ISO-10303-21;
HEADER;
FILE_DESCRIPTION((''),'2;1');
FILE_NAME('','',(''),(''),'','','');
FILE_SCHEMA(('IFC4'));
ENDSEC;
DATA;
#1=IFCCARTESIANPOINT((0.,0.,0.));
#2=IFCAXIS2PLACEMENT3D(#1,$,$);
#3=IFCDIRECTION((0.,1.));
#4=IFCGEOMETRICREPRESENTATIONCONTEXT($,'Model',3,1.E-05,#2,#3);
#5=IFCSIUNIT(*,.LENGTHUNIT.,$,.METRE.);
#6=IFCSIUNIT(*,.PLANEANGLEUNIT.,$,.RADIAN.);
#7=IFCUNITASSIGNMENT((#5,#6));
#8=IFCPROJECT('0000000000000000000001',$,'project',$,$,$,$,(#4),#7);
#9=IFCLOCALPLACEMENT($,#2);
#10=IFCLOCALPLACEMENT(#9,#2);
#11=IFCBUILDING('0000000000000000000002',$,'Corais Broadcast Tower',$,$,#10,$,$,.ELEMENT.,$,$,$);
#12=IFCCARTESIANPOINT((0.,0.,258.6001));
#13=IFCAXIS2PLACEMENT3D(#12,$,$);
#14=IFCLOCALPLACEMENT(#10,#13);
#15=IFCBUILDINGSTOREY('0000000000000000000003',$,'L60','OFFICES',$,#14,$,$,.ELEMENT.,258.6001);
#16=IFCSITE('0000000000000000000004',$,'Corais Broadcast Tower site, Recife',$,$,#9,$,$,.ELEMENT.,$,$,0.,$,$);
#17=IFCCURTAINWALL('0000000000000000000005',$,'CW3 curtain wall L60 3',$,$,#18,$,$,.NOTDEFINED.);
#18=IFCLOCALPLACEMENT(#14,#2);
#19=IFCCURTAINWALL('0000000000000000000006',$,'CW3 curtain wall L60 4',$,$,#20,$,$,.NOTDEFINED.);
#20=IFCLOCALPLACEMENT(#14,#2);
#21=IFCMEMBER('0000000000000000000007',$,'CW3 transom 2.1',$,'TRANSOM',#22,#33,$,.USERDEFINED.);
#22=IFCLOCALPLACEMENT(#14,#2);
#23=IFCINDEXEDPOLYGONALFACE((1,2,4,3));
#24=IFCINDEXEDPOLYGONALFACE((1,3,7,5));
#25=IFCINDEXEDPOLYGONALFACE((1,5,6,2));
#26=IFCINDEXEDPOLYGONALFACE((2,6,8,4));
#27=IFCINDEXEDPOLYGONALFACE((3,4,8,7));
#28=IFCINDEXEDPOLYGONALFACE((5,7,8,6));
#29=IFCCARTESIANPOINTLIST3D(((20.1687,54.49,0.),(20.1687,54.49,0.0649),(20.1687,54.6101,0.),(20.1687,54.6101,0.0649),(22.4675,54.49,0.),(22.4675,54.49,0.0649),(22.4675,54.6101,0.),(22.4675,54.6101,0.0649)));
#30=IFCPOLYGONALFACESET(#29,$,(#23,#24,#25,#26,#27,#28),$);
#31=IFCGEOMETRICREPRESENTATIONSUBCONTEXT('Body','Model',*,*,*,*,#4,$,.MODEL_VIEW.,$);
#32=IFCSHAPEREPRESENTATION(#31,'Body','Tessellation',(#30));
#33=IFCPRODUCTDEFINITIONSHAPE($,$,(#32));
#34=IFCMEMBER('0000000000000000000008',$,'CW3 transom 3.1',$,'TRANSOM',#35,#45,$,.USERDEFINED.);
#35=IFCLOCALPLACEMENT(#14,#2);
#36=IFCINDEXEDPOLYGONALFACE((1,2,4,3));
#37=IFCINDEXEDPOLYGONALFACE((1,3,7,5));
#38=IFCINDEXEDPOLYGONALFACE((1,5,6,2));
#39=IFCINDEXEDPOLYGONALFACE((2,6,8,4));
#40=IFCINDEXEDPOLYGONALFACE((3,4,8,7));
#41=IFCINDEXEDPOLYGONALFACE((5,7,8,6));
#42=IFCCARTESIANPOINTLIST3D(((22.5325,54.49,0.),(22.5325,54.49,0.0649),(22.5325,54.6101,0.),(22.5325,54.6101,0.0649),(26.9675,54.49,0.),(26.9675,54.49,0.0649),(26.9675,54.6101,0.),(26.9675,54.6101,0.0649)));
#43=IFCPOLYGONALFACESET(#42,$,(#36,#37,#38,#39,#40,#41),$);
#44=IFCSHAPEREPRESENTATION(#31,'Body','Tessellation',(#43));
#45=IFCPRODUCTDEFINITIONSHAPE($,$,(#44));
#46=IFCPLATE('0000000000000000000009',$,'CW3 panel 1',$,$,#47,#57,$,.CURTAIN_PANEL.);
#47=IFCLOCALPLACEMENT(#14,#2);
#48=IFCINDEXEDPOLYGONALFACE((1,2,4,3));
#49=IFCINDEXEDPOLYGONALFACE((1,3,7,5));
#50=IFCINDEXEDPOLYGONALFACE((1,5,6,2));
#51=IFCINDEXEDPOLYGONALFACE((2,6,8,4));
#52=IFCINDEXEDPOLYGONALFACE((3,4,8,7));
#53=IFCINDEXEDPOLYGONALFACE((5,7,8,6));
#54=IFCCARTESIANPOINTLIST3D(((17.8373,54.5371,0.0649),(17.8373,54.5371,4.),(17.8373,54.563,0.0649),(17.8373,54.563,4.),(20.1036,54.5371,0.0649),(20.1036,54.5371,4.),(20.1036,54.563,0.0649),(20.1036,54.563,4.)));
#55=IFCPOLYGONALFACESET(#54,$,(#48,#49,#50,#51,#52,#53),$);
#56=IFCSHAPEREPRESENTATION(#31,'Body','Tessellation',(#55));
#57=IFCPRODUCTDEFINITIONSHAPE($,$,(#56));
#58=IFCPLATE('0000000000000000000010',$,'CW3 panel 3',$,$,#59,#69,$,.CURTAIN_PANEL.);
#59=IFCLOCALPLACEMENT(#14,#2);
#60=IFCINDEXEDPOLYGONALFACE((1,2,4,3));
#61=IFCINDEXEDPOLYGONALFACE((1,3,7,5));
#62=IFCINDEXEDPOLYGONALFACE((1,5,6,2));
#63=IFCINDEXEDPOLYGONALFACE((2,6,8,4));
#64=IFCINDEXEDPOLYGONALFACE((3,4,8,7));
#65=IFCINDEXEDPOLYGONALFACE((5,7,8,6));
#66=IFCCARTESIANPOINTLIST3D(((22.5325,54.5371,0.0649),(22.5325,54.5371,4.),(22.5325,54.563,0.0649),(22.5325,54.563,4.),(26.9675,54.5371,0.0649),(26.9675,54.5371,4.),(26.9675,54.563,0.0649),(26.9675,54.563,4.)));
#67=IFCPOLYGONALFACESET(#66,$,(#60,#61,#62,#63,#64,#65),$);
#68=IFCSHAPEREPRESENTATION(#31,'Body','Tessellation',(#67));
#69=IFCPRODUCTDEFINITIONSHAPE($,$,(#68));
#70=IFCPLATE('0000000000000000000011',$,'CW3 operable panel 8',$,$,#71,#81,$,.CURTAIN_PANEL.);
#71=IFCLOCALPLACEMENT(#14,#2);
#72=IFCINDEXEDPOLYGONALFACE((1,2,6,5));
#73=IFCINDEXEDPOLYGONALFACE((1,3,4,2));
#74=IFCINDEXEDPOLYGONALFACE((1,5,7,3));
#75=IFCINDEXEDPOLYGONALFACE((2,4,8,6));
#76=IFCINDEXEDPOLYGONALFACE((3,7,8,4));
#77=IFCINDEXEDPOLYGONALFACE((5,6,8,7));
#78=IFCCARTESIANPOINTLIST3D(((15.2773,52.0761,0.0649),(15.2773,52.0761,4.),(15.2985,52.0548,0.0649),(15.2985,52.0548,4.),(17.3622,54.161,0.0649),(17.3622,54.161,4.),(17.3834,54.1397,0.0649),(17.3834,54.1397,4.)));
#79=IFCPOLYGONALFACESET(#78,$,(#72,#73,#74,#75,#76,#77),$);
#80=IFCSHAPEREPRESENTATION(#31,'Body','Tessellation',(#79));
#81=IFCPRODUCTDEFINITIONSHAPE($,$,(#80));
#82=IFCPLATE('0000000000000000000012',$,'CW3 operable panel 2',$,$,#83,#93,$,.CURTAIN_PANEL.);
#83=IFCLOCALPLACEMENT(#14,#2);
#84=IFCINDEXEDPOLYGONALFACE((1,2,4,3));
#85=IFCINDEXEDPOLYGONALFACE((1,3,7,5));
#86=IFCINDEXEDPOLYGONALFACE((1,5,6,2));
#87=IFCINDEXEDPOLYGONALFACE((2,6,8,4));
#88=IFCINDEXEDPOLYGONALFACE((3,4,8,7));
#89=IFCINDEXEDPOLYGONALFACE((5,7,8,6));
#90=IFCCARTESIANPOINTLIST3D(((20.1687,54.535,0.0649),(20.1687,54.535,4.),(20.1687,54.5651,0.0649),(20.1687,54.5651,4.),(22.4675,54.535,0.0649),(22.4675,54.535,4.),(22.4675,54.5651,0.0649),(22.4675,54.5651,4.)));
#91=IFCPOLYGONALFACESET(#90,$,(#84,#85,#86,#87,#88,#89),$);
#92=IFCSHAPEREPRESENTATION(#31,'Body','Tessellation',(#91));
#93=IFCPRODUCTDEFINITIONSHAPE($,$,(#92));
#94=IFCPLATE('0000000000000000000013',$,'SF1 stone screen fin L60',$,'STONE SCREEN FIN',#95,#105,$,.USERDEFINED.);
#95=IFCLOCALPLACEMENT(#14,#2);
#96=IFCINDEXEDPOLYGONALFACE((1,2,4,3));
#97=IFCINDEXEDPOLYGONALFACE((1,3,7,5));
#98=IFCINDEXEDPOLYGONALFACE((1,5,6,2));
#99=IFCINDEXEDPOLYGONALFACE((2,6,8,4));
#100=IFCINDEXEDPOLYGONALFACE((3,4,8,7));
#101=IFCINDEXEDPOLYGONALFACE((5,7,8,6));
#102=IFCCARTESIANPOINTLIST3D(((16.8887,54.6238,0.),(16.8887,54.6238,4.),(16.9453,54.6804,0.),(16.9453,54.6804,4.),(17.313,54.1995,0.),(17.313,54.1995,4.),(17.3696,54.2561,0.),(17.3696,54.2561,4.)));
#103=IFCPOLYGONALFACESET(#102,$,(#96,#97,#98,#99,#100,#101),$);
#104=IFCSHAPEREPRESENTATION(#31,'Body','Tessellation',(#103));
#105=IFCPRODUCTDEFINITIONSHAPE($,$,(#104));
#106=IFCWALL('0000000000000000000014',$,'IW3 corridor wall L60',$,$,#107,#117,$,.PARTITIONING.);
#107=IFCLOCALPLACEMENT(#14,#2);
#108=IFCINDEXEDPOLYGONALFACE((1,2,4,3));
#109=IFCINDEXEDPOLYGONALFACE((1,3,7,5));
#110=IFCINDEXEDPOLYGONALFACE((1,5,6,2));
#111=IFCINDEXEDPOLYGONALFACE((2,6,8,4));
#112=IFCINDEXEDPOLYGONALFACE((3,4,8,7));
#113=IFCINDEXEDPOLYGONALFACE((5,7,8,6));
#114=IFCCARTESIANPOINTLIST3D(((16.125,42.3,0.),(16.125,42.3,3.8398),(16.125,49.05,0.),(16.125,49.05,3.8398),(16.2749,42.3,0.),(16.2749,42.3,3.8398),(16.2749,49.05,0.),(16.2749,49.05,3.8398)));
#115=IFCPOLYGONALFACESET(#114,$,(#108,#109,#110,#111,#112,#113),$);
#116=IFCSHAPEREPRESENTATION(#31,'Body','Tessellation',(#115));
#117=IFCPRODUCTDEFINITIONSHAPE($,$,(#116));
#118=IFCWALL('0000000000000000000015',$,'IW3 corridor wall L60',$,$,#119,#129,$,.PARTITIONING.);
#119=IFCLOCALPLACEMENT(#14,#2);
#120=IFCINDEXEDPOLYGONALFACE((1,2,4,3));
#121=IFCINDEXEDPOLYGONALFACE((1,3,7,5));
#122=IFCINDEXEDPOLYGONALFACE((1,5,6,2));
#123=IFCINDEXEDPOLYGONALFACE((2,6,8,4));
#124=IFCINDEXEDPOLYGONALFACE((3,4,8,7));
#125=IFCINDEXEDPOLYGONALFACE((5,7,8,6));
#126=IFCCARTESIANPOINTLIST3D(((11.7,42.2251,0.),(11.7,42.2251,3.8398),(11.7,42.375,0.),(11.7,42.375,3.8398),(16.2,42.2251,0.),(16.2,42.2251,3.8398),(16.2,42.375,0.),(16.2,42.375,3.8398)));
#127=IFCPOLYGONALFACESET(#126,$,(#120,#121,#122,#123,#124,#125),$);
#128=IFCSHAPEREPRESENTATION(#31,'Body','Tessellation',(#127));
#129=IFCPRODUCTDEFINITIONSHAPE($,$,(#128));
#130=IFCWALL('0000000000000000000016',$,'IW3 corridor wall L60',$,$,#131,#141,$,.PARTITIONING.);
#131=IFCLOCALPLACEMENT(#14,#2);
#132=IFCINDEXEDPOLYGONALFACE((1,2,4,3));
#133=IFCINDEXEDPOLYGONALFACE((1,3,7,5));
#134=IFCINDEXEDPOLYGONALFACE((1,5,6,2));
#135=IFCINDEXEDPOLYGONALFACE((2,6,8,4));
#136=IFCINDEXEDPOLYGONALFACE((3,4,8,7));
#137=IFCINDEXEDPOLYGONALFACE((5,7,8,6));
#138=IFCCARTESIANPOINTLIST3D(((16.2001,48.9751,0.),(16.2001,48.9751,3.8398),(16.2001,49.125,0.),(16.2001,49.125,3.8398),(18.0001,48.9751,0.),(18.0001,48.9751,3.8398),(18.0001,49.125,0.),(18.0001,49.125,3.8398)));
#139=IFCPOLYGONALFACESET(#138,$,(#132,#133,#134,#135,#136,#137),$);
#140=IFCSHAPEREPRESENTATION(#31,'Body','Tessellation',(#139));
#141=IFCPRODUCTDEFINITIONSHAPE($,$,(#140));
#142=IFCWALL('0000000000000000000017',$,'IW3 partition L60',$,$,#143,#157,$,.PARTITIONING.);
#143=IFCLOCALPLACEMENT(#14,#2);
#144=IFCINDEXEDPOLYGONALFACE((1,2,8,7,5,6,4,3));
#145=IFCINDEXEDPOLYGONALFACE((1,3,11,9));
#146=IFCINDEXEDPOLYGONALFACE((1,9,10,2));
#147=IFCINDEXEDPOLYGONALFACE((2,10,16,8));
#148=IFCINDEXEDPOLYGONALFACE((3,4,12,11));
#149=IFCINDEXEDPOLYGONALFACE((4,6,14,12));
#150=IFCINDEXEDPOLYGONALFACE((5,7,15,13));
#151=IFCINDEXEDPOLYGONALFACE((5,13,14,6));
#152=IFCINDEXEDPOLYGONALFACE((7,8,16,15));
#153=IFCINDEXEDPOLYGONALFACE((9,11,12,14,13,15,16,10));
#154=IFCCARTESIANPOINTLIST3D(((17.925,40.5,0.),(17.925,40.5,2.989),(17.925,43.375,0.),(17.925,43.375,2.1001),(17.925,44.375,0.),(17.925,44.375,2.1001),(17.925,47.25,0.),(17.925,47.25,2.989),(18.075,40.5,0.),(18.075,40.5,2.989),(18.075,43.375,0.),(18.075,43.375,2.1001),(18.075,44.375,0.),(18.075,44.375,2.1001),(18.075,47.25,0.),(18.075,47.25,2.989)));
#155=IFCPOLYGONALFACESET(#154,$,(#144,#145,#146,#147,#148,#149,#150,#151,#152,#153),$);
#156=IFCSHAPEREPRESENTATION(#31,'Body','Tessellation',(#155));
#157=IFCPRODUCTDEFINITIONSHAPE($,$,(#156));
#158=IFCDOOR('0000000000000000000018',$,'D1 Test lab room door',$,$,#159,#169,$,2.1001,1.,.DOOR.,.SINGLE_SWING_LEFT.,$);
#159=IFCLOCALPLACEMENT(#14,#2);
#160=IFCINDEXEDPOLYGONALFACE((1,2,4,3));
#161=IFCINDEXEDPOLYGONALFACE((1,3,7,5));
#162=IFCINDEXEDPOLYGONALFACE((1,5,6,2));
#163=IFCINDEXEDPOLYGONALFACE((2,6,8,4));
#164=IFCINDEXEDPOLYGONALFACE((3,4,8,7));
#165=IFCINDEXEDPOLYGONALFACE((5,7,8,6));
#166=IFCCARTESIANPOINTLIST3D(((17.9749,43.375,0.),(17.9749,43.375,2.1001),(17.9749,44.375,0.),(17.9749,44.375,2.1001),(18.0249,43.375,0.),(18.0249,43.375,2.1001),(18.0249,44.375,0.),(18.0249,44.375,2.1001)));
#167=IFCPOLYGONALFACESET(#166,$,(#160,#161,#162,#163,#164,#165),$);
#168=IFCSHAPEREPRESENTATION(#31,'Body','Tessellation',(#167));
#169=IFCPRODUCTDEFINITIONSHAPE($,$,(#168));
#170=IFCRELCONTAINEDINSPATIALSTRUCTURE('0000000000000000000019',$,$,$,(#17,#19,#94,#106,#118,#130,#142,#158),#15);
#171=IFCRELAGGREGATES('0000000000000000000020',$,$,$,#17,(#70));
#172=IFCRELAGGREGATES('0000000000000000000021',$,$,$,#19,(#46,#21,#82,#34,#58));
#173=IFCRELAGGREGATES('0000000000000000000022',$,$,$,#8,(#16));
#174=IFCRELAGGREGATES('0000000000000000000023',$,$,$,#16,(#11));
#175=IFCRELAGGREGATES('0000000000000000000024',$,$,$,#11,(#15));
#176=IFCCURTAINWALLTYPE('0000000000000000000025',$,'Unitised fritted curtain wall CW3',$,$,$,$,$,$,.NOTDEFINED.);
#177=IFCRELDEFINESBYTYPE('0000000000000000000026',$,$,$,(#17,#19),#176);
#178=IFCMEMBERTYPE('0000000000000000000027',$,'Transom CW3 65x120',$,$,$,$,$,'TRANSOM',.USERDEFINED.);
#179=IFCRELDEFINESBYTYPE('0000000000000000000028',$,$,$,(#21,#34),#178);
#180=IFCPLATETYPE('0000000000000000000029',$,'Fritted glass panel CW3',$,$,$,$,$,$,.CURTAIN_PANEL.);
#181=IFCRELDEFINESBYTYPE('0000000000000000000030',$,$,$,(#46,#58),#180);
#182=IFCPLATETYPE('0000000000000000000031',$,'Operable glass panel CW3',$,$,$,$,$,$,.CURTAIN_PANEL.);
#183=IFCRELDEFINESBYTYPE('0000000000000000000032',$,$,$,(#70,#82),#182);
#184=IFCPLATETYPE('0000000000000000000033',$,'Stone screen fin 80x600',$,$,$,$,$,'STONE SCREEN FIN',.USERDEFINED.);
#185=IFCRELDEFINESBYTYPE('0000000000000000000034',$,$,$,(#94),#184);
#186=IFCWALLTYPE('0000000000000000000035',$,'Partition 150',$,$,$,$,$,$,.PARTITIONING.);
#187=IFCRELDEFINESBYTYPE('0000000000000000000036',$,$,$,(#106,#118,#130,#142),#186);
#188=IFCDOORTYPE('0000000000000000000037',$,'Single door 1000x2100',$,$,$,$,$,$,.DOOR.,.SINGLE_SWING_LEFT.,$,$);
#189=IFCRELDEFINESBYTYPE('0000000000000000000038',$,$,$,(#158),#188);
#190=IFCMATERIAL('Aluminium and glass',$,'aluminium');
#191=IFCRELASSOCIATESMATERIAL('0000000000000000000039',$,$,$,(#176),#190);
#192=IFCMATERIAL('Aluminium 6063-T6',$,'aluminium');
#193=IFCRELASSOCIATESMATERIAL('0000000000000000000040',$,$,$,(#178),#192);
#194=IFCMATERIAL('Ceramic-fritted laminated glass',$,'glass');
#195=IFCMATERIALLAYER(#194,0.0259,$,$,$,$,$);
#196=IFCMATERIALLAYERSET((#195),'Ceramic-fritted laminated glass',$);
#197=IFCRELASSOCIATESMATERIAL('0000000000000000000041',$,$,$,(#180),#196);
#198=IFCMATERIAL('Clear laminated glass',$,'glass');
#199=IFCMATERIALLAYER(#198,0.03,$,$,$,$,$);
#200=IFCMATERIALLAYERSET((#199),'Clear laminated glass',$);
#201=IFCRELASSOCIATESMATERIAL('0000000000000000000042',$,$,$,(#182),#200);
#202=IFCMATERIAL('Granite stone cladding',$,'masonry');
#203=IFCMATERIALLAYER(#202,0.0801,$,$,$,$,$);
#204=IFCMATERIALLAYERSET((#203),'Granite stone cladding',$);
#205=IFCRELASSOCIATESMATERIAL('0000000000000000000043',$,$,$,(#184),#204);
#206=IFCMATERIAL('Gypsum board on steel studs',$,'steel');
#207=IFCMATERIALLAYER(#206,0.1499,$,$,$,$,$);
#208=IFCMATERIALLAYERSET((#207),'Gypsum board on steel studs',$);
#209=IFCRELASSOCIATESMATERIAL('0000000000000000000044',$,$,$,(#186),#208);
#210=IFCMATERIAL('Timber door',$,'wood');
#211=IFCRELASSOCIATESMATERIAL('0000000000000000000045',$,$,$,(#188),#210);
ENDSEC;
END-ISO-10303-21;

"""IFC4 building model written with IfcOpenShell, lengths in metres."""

from ifc_helpers import new_model, si_unit, direction, frame, frame_2d, origin, origin_2d, place, context, subcontext, project, spatial, rectangle, extrude, material, layer, layer_set, material_profile, profile_set, type_object, element, fill, aggregate, save


model = new_model("IFC4")

# Units and contexts
model_context = context("Model", 3, precision=1e-05, world=origin(), true_north=direction((0.0, 1.0)))
body_context = subcontext(model_context, "Body", "Model", "MODEL_VIEW")
ifc_project = project(units=[si_unit("LENGTHUNIT", "METRE"), si_unit("PLANEANGLEUNIT", "RADIAN")], contexts=[model_context])

# Site, building, storey
site_placement = place(None, origin())
site = spatial("IfcSite", under=ifc_project, at=site_placement, Name="Corais Broadcast Tower site, Recife", CompositionType="ELEMENT", RefElevation=0.0)
building_placement = place(site_placement, origin())
building = spatial("IfcBuilding", under=site, at=building_placement, Name="Corais Broadcast Tower", CompositionType="ELEMENT")
storey_placement = place(building_placement, frame((0.0, 0.0, 258.6001)))
storey = spatial("IfcBuildingStorey", under=building, at=storey_placement, Name="L60", Description="OFFICES", CompositionType="ELEMENT", Elevation=258.6001)

# Curtain wall
ifc_material_1 = material(Name="Aluminium and glass", Category="aluminium")
curtain_wall_type = type_object("IfcCurtainWallType", Name="Unitised fritted curtain wall CW3", PredefinedType="NOTDEFINED", material=ifc_material_1)
curtain_wall_1_placement = place(storey_placement, origin())
curtain_wall_1 = element("IfcCurtainWall", 1, at=curtain_wall_1_placement, inside=storey, type_object=curtain_wall_type, Name="CW3 curtain wall L60 3", PredefinedType="NOTDEFINED")

# Curtain wall
curtain_wall_2_placement = place(storey_placement, origin())
curtain_wall_2 = element("IfcCurtainWall", 2, at=curtain_wall_2_placement, inside=storey, type_object=curtain_wall_type, Name="CW3 curtain wall L60 4", PredefinedType="NOTDEFINED")

# Members
ifc_material_2 = material(Name="Aluminium 6063-T6", Category="aluminium")
ifc_material_profile_1 = material_profile(ifc_material_2, rectangle(XDim=0.1201, YDim=0.0649, at=origin_2d()), Name="Transom CW3 65x120")
ifc_profile_set_1 = profile_set([ifc_material_profile_1], Name="Aluminium 6063-T6")
member_type_1 = type_object("IfcMemberType", Name="Transom CW3 65x120", ElementType="TRANSOM", PredefinedType="USERDEFINED", material=ifc_profile_set_1)
member_1_placement = place(storey_placement, frame((20.1687, 54.55, 0.0325), z_axis=(1.0, 0.0, 0.0), x_axis=(0.0, 1.0, 0.0)))
member_1 = element("IfcMember", 3, at=member_1_placement, type_object=member_type_1, Name="CW3 transom 2.1", ObjectType="TRANSOM", PredefinedType="USERDEFINED", context=body_context, shape_type="SweptSolid", body=[
    extrude(rectangle(XDim=0.1201, YDim=0.0649, at=origin_2d()), origin(), (0.0, 0.0, 1.0), 2.2988),
])
member_2_placement = place(storey_placement, frame((22.5325, 54.55, 0.0325), z_axis=(1.0, 0.0, 0.0), x_axis=(0.0, 1.0, 0.0)))
member_2 = element("IfcMember", 4, at=member_2_placement, type_object=member_type_1, Name="CW3 transom 3.1", ObjectType="TRANSOM", PredefinedType="USERDEFINED", context=body_context, shape_type="SweptSolid", body=[
    extrude(rectangle(XDim=0.1201, YDim=0.0649, at=origin_2d()), origin(), (0.0, 0.0, 1.0), 4.4351),
])

# Plates
ifc_material_3 = material(Name="Ceramic-fritted laminated glass", Category="glass")
ifc_layer_1 = layer(ifc_material_3, 0.0259)
ifc_layer_set_1 = layer_set([ifc_layer_1], Name="Ceramic-fritted laminated glass")
plate_type_1 = type_object("IfcPlateType", Name="Fritted glass panel CW3", PredefinedType="CURTAIN_PANEL", material=ifc_layer_set_1)
plate_1_placement = place(storey_placement, frame((18.9705, 54.55, 0.0649), z_axis=(0.0, 0.0, 1.0), x_axis=(1.0, 0.0, 0.0)))
plate_1 = element("IfcPlate", 5, at=plate_1_placement, type_object=plate_type_1, Name="CW3 panel 1", PredefinedType="CURTAIN_PANEL", context=body_context, shape_type="SweptSolid", body=[
    extrude(rectangle(XDim=2.2664, YDim=0.0259, at=origin_2d()), origin(), (0.0, 0.0, 1.0), 3.9351),
])
plate_2_placement = place(storey_placement, frame((24.75, 54.55, 0.0649), z_axis=(0.0, 0.0, 1.0), x_axis=(1.0, 0.0, 0.0)))
plate_2 = element("IfcPlate", 6, at=plate_2_placement, type_object=plate_type_1, Name="CW3 panel 3", PredefinedType="CURTAIN_PANEL", context=body_context, shape_type="SweptSolid", body=[
    extrude(rectangle(XDim=4.4351, YDim=0.0259, at=origin_2d()), origin(), (0.0, 0.0, 1.0), 3.9351),
])
ifc_material_4 = material(Name="Clear laminated glass", Category="glass")
ifc_layer_2 = layer(ifc_material_4, 0.03)
ifc_layer_set_2 = layer_set([ifc_layer_2], Name="Clear laminated glass")
plate_type_2 = type_object("IfcPlateType", Name="Operable glass panel CW3", PredefinedType="CURTAIN_PANEL", material=ifc_layer_set_2)
plate_3_placement = place(storey_placement, frame((16.3303, 53.1079, 0.0649), z_axis=(0.0, 0.0, 1.0), x_axis=(0.707107, 0.707107, 0.0)))
plate_3 = element("IfcPlate", 7, at=plate_3_placement, type_object=plate_type_2, Name="CW3 operable panel 8", PredefinedType="CURTAIN_PANEL", context=body_context, shape_type="SweptSolid", body=[
    extrude(rectangle(XDim=2.9485, YDim=0.03, at=origin_2d()), origin(), (0.0, 0.0, 1.0), 3.9351),
])
aggregate(curtain_wall_1, [plate_3])
plate_4_placement = place(storey_placement, frame((21.3181, 54.55, 0.0649), z_axis=(0.0, 0.0, 1.0), x_axis=(1.0, 0.0, 0.0)))
plate_4 = element("IfcPlate", 8, at=plate_4_placement, type_object=plate_type_2, Name="CW3 operable panel 2", PredefinedType="CURTAIN_PANEL", context=body_context, shape_type="SweptSolid", body=[
    extrude(rectangle(XDim=2.2988, YDim=0.03, at=origin_2d()), origin(), (0.0, 0.0, 1.0), 3.9351),
])
aggregate(curtain_wall_2, [plate_1, member_1, plate_4, member_2, plate_2])
ifc_material_5 = material(Name="Granite stone cladding", Category="masonry")
ifc_layer_3 = layer(ifc_material_5, 0.0801)
ifc_layer_set_3 = layer_set([ifc_layer_3], Name="Granite stone cladding")
plate_type_3 = type_object("IfcPlateType", Name="Stone screen fin 80x600", ElementType="STONE SCREEN FIN", PredefinedType="USERDEFINED", material=ifc_layer_set_3)
plate_5_placement = place(storey_placement, frame((17.1292, 54.4399, 0.0), z_axis=(0.0, 0.0, 1.0), x_axis=(0.707107, 0.707107, 0.0)))
element("IfcPlate", 9, at=plate_5_placement, inside=storey, type_object=plate_type_3, Name="SF1 stone screen fin L60", ObjectType="STONE SCREEN FIN", PredefinedType="USERDEFINED", context=body_context, shape_type="SweptSolid", body=[
    extrude(rectangle(XDim=0.0801, YDim=0.6001, at=origin_2d()), origin(), (0.0, 0.0, 1.0), 4.0),
])

# Walls
ifc_material_6 = material(Name="Gypsum board on steel studs", Category="steel")
ifc_layer_4 = layer(ifc_material_6, 0.1499)
ifc_layer_set_4 = layer_set([ifc_layer_4], Name="Gypsum board on steel studs")
wall_type = type_object("IfcWallType", Name="Partition 150", PredefinedType="PARTITIONING", material=ifc_layer_set_4)
wall_1_placement = place(storey_placement, frame((16.2, 49.05, 0.0), z_axis=(0.0, 0.0, 1.0), x_axis=(0.0, -1.0, 0.0)))
element("IfcWall", 10, at=wall_1_placement, inside=storey, type_object=wall_type, Name="IW3 corridor wall L60", PredefinedType="PARTITIONING", context=body_context, shape_type="SweptSolid", body=[
    extrude(rectangle(XDim=6.75, YDim=0.1499, at=frame_2d((3.375, 0.0))), origin(), (0.0, 0.0, 1.0), 3.8398),
])
wall_2_placement = place(storey_placement, frame((16.2, 42.3, 0.0), z_axis=(0.0, 0.0, 1.0), x_axis=(-1.0, 0.0, 0.0)))
element("IfcWall", 11, at=wall_2_placement, inside=storey, type_object=wall_type, Name="IW3 corridor wall L60", PredefinedType="PARTITIONING", context=body_context, shape_type="SweptSolid", body=[
    extrude(rectangle(XDim=4.5, YDim=0.1499, at=frame_2d((2.25, 0.0))), origin(), (0.0, 0.0, 1.0), 3.8398),
])
wall_3_placement = place(storey_placement, frame((18.0, 49.05, 0.0), z_axis=(0.0, 0.0, 1.0), x_axis=(-1.0, 0.0, 0.0)))
element("IfcWall", 12, at=wall_3_placement, inside=storey, type_object=wall_type, Name="IW3 corridor wall L60", PredefinedType="PARTITIONING", context=body_context, shape_type="SweptSolid", body=[
    extrude(rectangle(XDim=1.8, YDim=0.1499, at=frame_2d((0.8999, 0.0))), origin(), (0.0, 0.0, 1.0), 3.8398),
])

# Wall, opening, door
wall_4_placement = place(storey_placement, frame((18.0, 47.25, 0.0), z_axis=(0.0, 0.0, 1.0), x_axis=(0.0, -1.0, 0.0)))
wall_4 = element("IfcWall", 13, at=wall_4_placement, inside=storey, type_object=wall_type, Name="IW3 partition L60", PredefinedType="PARTITIONING", context=body_context, shape_type="SweptSolid", body=[
    extrude(rectangle(XDim=6.75, YDim=0.1499, at=frame_2d((3.375, 0.0))), origin(), (0.0, 0.0, 1.0), 2.989),
])
opening_1_placement = place(wall_4_placement, frame((2.875, 0.0, 0.0)))
opening_1 = element("IfcOpeningElement", 14, at=opening_1_placement, cuts=wall_4, PredefinedType="OPENING", context=body_context, shape_type="SweptSolid", body=[
    extrude(rectangle(XDim=1.0, YDim=2.1001, at=frame_2d((0.5, 1.05))), frame((0.0, 0.085, 0.0), z_axis=(0.0, -1.0, 0.0), x_axis=(1.0, 0.0, 0.0)), (0.0, 0.0, 1.0), 0.1699),
])
ifc_material_7 = material(Name="Timber door", Category="wood")
door_type = type_object("IfcDoorType", Name="Single door 1000x2100", OperationType="SINGLE_SWING_LEFT", PredefinedType="DOOR", material=ifc_material_7)
door_1_placement = place(opening_1_placement, origin())
door_1 = element("IfcDoor", 15, at=door_1_placement, inside=storey, type_object=door_type, Name="D1 Test lab room door", OperationType="SINGLE_SWING_LEFT", OverallHeight=2.1001, OverallWidth=1.0, PredefinedType="DOOR", context=body_context, shape_type="SweptSolid", body=[
    extrude(rectangle(XDim=1.0, YDim=2.1001, at=frame_2d((0.5, 1.05))), frame((0.0, 0.0249, 0.0), z_axis=(0.0, -1.0, 0.0), x_axis=(1.0, 0.0, 0.0)), (0.0, 0.0, 1.0), 0.05),
])
fill(opening_1, door_1)

save(model, "model.ifc")
